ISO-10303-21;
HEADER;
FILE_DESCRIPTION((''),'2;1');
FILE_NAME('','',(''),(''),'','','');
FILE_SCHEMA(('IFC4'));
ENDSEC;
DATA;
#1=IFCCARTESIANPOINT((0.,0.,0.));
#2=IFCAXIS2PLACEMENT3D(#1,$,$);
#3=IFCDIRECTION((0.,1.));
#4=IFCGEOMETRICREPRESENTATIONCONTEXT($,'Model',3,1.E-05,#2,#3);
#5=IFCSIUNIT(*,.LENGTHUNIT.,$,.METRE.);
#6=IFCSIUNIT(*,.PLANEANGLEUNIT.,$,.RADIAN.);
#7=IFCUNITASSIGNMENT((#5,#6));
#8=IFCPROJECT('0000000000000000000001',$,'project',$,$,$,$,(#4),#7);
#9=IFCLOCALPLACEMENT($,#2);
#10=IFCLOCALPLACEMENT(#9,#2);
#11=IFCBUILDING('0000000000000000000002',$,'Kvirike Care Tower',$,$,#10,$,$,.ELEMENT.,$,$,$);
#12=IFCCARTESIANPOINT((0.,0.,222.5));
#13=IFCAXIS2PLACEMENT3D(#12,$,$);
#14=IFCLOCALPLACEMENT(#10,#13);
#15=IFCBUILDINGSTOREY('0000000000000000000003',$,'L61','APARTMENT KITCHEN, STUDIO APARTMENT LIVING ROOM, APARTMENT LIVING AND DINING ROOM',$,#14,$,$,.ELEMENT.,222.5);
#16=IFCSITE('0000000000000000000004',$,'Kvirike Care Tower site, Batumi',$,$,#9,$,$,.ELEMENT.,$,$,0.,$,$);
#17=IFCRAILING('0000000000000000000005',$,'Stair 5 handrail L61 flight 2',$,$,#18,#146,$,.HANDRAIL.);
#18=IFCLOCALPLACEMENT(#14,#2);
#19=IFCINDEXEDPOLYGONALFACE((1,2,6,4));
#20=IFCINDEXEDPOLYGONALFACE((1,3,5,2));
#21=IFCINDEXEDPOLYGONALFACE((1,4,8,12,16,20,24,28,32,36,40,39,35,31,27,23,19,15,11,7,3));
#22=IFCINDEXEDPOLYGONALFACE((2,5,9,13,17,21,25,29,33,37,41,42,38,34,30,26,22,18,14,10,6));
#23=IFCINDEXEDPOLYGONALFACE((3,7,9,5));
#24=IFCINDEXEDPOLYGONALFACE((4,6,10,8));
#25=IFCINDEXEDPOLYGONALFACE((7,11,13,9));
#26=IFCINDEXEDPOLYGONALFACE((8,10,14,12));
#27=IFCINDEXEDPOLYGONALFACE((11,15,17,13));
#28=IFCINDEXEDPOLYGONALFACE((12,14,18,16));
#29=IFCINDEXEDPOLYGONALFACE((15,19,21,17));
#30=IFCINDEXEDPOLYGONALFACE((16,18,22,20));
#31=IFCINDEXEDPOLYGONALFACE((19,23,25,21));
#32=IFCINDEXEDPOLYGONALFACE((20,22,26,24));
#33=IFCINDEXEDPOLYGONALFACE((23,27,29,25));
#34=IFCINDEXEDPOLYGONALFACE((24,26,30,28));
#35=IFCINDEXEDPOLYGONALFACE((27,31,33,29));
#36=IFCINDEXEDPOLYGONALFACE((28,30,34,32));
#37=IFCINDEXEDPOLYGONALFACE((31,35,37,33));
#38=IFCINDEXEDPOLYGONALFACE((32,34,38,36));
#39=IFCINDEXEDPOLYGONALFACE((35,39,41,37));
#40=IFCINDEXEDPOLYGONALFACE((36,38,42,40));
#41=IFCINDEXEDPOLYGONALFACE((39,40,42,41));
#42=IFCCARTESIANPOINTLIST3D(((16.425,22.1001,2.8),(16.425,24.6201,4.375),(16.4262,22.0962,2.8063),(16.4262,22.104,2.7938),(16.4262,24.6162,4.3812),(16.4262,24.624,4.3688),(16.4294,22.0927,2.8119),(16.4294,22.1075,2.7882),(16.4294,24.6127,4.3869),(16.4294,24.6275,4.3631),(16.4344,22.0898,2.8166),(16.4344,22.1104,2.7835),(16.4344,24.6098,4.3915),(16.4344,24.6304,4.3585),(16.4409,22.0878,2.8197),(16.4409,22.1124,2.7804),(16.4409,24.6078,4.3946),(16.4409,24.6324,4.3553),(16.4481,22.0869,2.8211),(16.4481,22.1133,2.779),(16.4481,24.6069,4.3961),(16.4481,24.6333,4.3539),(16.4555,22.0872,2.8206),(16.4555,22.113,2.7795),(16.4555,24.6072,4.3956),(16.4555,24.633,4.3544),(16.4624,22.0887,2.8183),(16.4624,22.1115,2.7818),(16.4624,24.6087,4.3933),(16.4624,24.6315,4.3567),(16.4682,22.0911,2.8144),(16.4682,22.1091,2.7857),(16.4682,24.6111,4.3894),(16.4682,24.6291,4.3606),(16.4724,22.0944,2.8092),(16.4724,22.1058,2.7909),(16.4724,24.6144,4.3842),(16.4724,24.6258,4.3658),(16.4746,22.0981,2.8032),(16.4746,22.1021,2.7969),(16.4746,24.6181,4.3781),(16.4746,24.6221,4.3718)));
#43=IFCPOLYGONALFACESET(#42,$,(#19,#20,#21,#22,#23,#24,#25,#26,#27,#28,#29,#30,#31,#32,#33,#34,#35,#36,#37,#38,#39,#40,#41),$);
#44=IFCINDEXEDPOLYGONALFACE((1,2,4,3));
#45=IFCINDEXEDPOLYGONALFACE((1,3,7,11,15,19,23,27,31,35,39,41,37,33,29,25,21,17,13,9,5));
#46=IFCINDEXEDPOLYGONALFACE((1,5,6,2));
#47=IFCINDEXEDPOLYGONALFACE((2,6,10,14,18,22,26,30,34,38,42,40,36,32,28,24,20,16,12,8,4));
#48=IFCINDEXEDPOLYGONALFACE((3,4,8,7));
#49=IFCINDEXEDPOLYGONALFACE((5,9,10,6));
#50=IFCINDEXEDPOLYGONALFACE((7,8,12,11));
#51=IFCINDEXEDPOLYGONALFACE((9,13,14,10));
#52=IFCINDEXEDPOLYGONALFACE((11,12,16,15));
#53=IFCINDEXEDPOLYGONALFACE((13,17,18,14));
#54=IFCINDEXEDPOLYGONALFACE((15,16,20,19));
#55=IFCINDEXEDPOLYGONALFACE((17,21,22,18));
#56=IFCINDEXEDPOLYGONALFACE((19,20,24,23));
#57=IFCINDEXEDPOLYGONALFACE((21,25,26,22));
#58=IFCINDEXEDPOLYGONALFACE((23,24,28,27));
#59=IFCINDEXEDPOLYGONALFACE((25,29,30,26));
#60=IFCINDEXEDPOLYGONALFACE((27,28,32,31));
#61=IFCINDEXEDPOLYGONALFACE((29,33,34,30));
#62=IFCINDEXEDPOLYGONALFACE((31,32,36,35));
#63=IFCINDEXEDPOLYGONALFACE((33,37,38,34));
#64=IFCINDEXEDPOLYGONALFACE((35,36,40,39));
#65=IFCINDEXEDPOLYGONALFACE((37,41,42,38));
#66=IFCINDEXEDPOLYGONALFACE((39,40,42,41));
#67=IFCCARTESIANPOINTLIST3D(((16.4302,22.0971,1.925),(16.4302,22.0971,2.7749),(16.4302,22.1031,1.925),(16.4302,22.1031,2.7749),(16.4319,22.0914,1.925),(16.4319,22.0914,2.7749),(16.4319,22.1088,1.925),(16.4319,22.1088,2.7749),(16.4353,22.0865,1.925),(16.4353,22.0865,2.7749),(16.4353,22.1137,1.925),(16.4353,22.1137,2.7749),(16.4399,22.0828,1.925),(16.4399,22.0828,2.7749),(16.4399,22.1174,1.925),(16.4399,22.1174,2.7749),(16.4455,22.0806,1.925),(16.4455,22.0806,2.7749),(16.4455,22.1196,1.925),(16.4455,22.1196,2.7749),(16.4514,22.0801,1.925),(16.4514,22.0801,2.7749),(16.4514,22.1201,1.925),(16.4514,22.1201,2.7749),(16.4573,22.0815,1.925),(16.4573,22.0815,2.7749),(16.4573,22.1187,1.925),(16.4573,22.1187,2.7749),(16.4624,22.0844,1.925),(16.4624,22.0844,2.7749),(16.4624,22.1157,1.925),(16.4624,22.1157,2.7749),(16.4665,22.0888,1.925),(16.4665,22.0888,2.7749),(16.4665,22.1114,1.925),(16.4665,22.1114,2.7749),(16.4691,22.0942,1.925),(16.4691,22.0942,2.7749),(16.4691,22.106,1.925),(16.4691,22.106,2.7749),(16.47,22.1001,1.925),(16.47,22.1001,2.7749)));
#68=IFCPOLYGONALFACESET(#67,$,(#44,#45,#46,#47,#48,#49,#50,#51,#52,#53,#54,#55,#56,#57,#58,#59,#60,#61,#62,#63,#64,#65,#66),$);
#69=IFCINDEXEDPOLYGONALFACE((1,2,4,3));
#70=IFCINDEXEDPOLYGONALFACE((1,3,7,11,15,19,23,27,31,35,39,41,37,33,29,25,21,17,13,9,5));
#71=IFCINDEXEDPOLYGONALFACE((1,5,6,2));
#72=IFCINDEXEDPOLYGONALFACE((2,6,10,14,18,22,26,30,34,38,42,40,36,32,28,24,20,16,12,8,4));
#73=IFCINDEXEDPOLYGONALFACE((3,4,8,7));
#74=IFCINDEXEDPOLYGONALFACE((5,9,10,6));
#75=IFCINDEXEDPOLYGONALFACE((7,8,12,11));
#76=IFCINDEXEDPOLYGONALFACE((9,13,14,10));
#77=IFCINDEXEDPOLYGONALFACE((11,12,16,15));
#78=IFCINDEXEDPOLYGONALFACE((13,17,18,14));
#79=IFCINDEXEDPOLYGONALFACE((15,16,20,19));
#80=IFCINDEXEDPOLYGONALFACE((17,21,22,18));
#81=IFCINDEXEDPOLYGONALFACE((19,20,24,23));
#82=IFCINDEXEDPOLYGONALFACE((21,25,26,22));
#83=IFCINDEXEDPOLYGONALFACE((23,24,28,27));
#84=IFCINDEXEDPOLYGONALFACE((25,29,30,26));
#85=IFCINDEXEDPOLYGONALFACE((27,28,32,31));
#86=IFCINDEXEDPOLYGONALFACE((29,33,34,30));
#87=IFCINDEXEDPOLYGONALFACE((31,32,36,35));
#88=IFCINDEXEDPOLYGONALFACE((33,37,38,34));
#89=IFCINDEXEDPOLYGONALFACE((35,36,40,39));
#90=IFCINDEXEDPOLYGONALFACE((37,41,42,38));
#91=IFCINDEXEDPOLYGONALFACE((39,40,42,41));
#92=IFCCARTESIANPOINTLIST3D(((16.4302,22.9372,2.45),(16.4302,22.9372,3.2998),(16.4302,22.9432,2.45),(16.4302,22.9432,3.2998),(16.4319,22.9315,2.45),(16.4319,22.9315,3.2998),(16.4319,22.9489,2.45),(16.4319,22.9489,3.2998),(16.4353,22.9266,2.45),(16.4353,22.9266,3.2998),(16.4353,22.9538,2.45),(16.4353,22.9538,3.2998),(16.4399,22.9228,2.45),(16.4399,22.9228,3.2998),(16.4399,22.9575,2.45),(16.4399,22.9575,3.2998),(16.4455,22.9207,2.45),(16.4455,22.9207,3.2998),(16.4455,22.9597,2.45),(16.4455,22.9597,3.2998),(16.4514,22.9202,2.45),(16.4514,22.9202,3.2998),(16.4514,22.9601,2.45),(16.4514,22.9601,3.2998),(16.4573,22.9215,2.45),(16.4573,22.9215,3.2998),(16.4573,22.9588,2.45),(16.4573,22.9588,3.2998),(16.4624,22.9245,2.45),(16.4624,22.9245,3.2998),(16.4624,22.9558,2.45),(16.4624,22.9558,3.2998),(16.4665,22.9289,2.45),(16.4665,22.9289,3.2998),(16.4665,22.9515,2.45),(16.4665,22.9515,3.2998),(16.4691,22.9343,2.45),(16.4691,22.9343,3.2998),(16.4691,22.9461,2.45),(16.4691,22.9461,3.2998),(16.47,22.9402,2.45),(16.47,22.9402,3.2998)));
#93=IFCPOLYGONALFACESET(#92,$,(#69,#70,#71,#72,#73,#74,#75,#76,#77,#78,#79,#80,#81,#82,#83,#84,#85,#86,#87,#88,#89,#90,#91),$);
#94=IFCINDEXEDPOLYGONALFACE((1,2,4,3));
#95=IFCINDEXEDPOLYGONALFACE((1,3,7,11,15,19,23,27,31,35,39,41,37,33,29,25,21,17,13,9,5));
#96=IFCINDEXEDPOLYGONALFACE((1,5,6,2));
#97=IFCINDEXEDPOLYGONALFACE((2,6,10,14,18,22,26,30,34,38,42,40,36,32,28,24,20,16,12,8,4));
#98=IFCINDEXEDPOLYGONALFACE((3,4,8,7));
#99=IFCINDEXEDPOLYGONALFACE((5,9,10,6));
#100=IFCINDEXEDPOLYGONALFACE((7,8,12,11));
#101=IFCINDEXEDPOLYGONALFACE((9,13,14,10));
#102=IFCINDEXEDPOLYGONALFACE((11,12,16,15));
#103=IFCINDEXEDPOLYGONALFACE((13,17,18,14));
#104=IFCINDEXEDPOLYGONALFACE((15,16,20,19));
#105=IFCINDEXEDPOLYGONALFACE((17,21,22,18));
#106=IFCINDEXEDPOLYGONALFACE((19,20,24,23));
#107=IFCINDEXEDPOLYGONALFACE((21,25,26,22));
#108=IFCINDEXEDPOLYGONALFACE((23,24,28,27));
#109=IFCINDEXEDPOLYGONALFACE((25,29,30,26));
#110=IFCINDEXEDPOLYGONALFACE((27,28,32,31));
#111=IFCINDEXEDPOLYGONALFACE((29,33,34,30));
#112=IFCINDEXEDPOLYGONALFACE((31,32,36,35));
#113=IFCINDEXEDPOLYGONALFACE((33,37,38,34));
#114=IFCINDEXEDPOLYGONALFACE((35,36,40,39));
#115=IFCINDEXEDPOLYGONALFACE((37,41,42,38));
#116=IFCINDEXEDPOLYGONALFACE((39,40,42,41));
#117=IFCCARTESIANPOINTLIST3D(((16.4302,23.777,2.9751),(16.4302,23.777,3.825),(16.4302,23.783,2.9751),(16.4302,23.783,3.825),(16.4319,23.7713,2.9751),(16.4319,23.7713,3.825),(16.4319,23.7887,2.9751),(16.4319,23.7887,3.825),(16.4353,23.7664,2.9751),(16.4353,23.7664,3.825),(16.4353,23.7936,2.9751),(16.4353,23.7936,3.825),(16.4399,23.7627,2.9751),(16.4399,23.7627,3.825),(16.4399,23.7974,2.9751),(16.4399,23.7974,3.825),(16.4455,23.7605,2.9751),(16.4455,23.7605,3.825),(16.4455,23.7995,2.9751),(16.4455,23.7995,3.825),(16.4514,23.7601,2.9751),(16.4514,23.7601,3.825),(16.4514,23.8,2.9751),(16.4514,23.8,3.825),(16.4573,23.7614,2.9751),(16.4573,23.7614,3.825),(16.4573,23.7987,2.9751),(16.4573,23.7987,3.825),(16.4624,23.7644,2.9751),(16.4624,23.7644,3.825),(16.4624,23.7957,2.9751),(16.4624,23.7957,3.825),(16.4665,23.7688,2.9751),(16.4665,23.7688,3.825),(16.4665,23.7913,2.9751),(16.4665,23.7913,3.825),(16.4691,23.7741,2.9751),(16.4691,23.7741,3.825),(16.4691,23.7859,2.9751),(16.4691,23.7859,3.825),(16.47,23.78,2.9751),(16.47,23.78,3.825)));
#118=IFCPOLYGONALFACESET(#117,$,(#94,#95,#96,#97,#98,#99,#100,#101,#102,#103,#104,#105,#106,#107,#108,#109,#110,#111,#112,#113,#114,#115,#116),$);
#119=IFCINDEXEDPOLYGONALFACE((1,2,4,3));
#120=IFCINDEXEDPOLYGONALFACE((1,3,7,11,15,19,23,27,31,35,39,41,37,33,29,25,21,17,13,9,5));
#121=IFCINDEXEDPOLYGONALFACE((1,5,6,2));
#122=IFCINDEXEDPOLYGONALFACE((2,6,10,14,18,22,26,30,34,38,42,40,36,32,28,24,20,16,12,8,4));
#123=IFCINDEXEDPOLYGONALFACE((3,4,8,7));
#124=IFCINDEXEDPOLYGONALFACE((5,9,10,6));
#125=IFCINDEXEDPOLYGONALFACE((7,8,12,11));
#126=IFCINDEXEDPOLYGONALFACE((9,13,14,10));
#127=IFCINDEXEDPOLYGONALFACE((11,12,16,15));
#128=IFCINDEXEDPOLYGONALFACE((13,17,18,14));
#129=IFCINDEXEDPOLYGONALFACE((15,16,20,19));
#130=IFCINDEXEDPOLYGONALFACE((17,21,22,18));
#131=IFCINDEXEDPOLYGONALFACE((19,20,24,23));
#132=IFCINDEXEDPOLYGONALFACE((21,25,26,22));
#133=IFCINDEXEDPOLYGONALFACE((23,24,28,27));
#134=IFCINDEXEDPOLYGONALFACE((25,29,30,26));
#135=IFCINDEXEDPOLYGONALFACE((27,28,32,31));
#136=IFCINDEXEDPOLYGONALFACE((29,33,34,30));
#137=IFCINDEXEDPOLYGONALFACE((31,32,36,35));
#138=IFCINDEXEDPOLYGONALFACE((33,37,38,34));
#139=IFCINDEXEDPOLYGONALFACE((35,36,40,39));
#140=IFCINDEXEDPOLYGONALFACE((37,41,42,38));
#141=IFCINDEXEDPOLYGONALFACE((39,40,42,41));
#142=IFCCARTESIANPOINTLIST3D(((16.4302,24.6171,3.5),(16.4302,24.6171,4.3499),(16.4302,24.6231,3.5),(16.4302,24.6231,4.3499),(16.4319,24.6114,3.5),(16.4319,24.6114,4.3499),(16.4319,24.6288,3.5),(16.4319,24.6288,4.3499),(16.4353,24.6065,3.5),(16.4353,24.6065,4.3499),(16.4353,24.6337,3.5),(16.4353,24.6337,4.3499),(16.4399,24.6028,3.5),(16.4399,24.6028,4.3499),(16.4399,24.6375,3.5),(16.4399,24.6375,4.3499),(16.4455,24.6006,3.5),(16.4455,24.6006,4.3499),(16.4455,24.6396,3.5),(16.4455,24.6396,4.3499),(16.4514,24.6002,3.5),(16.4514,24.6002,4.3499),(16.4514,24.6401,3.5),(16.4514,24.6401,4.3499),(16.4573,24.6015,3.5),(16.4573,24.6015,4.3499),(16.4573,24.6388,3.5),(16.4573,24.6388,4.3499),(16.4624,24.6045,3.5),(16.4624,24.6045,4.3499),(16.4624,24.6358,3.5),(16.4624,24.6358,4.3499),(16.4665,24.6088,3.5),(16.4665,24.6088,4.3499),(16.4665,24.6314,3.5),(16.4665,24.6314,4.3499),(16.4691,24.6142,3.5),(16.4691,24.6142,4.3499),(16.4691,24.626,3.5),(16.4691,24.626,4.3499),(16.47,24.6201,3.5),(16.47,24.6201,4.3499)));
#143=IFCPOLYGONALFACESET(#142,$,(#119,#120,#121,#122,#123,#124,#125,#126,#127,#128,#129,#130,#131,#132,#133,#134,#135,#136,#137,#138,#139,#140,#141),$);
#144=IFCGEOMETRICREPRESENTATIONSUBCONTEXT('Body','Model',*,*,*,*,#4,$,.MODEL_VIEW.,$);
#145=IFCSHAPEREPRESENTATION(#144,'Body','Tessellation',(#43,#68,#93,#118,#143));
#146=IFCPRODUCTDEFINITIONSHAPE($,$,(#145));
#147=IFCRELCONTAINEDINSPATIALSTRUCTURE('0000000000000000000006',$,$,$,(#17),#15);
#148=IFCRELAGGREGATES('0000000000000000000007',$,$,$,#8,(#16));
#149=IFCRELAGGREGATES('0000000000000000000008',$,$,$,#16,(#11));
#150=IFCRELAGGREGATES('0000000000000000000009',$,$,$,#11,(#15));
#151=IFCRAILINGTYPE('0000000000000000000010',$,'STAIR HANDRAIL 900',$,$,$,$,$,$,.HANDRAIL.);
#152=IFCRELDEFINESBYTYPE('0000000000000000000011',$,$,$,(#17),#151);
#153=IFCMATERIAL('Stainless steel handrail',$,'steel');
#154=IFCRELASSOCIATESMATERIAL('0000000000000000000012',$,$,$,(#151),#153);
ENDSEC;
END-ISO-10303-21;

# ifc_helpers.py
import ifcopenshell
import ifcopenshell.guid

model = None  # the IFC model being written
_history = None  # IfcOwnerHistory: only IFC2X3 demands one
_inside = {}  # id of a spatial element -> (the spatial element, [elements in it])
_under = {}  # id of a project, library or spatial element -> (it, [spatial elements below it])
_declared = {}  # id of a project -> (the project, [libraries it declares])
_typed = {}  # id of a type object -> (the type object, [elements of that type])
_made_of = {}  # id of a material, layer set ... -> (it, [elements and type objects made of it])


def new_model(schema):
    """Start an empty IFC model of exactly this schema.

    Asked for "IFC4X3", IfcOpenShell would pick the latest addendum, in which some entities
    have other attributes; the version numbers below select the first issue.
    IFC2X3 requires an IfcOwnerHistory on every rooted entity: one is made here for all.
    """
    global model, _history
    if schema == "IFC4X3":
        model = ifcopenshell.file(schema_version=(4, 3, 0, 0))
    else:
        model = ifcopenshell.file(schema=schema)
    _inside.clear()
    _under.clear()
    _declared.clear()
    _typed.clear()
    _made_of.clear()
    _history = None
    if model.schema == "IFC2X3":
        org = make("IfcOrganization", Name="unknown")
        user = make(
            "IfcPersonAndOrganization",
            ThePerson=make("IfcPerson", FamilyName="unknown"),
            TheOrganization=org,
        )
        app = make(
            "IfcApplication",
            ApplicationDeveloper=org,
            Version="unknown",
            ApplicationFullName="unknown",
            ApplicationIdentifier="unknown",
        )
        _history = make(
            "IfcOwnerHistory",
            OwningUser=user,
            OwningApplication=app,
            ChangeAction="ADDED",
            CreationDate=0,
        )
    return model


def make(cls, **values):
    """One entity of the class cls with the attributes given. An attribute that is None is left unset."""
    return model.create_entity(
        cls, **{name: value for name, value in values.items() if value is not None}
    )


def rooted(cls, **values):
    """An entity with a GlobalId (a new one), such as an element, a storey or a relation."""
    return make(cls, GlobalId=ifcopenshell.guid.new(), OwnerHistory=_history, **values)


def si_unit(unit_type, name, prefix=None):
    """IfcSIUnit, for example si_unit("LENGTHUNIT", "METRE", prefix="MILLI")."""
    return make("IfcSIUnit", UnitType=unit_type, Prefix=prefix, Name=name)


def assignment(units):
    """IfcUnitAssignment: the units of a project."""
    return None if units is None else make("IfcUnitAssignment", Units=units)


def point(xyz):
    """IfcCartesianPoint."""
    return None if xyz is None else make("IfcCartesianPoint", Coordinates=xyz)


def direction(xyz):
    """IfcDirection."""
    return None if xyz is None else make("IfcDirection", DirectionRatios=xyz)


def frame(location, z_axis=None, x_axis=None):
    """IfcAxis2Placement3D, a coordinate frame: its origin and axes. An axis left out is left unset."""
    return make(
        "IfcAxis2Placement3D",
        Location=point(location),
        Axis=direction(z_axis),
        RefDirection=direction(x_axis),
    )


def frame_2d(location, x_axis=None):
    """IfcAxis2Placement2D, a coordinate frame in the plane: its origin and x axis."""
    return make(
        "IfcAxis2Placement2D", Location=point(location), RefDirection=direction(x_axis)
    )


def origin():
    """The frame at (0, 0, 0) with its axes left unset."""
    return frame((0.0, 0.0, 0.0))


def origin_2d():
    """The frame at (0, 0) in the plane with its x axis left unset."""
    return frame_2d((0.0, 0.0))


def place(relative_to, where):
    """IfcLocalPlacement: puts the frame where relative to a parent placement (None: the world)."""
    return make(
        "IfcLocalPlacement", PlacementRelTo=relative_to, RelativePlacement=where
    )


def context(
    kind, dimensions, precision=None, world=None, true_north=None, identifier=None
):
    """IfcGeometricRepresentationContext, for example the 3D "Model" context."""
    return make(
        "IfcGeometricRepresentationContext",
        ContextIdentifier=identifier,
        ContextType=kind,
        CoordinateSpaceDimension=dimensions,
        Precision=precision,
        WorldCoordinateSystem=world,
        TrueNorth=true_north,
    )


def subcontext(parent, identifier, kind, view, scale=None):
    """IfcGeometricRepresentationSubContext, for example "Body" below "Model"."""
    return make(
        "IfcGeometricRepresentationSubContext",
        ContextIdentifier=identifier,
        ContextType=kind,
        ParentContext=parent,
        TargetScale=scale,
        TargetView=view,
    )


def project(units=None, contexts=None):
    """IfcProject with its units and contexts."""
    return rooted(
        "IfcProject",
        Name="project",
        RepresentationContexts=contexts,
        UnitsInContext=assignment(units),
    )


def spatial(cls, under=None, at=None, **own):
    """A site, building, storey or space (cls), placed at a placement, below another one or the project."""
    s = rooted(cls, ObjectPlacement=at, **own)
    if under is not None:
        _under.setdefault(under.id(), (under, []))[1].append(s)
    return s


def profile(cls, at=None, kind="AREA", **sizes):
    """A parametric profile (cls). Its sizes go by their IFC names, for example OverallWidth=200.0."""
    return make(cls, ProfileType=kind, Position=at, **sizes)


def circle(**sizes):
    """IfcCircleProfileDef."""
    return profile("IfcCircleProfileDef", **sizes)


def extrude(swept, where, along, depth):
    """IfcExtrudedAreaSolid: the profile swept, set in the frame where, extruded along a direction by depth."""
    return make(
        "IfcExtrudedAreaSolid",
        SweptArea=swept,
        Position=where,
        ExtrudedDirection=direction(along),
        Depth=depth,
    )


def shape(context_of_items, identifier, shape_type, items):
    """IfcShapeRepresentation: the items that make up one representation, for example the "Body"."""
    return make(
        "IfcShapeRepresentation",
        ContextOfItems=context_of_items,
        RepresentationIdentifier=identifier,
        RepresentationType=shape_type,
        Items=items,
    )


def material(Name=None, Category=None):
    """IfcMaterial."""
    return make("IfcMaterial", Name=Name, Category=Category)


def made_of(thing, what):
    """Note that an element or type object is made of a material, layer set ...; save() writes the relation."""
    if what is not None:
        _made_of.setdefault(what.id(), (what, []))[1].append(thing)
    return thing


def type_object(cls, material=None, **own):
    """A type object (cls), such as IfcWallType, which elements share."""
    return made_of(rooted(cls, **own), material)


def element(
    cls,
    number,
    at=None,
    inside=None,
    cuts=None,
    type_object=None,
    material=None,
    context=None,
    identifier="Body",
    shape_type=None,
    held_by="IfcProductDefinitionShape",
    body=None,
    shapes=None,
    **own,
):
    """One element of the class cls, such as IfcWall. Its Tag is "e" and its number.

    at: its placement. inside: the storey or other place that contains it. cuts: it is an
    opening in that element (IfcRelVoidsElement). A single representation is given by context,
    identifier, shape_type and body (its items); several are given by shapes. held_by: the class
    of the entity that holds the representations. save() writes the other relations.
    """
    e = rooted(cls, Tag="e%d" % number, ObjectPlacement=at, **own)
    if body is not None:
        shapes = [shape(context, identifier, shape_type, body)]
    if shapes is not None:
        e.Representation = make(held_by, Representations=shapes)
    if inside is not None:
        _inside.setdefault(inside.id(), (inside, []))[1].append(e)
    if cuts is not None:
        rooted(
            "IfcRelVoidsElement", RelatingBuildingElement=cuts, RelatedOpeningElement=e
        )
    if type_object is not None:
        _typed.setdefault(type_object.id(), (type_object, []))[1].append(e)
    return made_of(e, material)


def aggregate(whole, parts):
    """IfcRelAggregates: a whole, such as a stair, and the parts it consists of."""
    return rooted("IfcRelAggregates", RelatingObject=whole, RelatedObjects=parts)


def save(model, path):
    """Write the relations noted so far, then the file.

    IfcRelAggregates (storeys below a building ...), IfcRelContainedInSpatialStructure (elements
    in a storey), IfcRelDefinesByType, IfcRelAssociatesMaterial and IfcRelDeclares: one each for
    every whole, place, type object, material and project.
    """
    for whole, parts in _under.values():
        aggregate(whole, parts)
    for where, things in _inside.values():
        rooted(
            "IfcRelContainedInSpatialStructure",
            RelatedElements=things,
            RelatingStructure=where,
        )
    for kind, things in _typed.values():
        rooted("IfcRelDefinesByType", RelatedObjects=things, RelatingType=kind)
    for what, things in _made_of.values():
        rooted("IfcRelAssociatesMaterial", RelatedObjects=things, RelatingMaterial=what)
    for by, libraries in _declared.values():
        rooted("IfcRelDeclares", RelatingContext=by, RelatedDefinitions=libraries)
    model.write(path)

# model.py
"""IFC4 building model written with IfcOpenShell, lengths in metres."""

from ifc_helpers import new_model, si_unit, direction, frame, origin, origin_2d, place, context, subcontext, project, spatial, circle, extrude, material, type_object, element, save


model = new_model("IFC4")

# Units and contexts
model_context = context("Model", 3, precision=1e-05, world=origin(), true_north=direction((0.0, 1.0)))
body_context = subcontext(model_context, "Body", "Model", "MODEL_VIEW")
ifc_project = project(units=[si_unit("LENGTHUNIT", "METRE"), si_unit("PLANEANGLEUNIT", "RADIAN")], contexts=[model_context])

# Site, building, storey
site_placement = place(None, origin())
site = spatial("IfcSite", under=ifc_project, at=site_placement, Name="Kvirike Care Tower site, Batumi", CompositionType="ELEMENT", RefElevation=0.0)
building_placement = place(site_placement, origin())
building = spatial("IfcBuilding", under=site, at=building_placement, Name="Kvirike Care Tower", CompositionType="ELEMENT")
storey_placement = place(building_placement, frame((0.0, 0.0, 222.5)))
storey = spatial("IfcBuildingStorey", under=building, at=storey_placement, Name="L61", Description="APARTMENT KITCHEN, STUDIO APARTMENT LIVING ROOM, APARTMENT LIVING AND DINING ROOM", CompositionType="ELEMENT", Elevation=222.5)

# Railing
ifc_material_1 = material(Name="Stainless steel handrail", Category="steel")
railing_type = type_object("IfcRailingType", Name="STAIR HANDRAIL 900", PredefinedType="HANDRAIL", material=ifc_material_1)
railing_1_placement = place(storey_placement, frame((16.45, 22.1001, 1.925)))
element("IfcRailing", 1, at=railing_1_placement, inside=storey, type_object=railing_type, Name="Stair 5 handrail L61 flight 2", PredefinedType="HANDRAIL", context=body_context, shape_type="SweptSolid", body=[
    extrude(circle(Radius=0.0249, at=origin_2d()), frame((0.0, 0.0, 0.875), z_axis=(0.0, 0.848008, 0.529984), x_axis=(-1.0, 0.0, 0.0)), (0.0, 0.0, 1.0), 2.9717),
    extrude(circle(Radius=0.02, at=origin_2d()), origin(), (0.0, 0.0, 1.0), 0.8499),
    extrude(circle(Radius=0.02, at=origin_2d()), frame((0.0, 0.8401, 0.5249)), (0.0, 0.0, 1.0), 0.8499),
    extrude(circle(Radius=0.02, at=origin_2d()), frame((0.0, 1.6799, 1.05)), (0.0, 0.0, 1.0), 0.8499),
    extrude(circle(Radius=0.02, at=origin_2d()), frame((0.0, 2.52, 1.575)), (0.0, 0.0, 1.0), 0.8499),
])

save(model, "model.ifc")
